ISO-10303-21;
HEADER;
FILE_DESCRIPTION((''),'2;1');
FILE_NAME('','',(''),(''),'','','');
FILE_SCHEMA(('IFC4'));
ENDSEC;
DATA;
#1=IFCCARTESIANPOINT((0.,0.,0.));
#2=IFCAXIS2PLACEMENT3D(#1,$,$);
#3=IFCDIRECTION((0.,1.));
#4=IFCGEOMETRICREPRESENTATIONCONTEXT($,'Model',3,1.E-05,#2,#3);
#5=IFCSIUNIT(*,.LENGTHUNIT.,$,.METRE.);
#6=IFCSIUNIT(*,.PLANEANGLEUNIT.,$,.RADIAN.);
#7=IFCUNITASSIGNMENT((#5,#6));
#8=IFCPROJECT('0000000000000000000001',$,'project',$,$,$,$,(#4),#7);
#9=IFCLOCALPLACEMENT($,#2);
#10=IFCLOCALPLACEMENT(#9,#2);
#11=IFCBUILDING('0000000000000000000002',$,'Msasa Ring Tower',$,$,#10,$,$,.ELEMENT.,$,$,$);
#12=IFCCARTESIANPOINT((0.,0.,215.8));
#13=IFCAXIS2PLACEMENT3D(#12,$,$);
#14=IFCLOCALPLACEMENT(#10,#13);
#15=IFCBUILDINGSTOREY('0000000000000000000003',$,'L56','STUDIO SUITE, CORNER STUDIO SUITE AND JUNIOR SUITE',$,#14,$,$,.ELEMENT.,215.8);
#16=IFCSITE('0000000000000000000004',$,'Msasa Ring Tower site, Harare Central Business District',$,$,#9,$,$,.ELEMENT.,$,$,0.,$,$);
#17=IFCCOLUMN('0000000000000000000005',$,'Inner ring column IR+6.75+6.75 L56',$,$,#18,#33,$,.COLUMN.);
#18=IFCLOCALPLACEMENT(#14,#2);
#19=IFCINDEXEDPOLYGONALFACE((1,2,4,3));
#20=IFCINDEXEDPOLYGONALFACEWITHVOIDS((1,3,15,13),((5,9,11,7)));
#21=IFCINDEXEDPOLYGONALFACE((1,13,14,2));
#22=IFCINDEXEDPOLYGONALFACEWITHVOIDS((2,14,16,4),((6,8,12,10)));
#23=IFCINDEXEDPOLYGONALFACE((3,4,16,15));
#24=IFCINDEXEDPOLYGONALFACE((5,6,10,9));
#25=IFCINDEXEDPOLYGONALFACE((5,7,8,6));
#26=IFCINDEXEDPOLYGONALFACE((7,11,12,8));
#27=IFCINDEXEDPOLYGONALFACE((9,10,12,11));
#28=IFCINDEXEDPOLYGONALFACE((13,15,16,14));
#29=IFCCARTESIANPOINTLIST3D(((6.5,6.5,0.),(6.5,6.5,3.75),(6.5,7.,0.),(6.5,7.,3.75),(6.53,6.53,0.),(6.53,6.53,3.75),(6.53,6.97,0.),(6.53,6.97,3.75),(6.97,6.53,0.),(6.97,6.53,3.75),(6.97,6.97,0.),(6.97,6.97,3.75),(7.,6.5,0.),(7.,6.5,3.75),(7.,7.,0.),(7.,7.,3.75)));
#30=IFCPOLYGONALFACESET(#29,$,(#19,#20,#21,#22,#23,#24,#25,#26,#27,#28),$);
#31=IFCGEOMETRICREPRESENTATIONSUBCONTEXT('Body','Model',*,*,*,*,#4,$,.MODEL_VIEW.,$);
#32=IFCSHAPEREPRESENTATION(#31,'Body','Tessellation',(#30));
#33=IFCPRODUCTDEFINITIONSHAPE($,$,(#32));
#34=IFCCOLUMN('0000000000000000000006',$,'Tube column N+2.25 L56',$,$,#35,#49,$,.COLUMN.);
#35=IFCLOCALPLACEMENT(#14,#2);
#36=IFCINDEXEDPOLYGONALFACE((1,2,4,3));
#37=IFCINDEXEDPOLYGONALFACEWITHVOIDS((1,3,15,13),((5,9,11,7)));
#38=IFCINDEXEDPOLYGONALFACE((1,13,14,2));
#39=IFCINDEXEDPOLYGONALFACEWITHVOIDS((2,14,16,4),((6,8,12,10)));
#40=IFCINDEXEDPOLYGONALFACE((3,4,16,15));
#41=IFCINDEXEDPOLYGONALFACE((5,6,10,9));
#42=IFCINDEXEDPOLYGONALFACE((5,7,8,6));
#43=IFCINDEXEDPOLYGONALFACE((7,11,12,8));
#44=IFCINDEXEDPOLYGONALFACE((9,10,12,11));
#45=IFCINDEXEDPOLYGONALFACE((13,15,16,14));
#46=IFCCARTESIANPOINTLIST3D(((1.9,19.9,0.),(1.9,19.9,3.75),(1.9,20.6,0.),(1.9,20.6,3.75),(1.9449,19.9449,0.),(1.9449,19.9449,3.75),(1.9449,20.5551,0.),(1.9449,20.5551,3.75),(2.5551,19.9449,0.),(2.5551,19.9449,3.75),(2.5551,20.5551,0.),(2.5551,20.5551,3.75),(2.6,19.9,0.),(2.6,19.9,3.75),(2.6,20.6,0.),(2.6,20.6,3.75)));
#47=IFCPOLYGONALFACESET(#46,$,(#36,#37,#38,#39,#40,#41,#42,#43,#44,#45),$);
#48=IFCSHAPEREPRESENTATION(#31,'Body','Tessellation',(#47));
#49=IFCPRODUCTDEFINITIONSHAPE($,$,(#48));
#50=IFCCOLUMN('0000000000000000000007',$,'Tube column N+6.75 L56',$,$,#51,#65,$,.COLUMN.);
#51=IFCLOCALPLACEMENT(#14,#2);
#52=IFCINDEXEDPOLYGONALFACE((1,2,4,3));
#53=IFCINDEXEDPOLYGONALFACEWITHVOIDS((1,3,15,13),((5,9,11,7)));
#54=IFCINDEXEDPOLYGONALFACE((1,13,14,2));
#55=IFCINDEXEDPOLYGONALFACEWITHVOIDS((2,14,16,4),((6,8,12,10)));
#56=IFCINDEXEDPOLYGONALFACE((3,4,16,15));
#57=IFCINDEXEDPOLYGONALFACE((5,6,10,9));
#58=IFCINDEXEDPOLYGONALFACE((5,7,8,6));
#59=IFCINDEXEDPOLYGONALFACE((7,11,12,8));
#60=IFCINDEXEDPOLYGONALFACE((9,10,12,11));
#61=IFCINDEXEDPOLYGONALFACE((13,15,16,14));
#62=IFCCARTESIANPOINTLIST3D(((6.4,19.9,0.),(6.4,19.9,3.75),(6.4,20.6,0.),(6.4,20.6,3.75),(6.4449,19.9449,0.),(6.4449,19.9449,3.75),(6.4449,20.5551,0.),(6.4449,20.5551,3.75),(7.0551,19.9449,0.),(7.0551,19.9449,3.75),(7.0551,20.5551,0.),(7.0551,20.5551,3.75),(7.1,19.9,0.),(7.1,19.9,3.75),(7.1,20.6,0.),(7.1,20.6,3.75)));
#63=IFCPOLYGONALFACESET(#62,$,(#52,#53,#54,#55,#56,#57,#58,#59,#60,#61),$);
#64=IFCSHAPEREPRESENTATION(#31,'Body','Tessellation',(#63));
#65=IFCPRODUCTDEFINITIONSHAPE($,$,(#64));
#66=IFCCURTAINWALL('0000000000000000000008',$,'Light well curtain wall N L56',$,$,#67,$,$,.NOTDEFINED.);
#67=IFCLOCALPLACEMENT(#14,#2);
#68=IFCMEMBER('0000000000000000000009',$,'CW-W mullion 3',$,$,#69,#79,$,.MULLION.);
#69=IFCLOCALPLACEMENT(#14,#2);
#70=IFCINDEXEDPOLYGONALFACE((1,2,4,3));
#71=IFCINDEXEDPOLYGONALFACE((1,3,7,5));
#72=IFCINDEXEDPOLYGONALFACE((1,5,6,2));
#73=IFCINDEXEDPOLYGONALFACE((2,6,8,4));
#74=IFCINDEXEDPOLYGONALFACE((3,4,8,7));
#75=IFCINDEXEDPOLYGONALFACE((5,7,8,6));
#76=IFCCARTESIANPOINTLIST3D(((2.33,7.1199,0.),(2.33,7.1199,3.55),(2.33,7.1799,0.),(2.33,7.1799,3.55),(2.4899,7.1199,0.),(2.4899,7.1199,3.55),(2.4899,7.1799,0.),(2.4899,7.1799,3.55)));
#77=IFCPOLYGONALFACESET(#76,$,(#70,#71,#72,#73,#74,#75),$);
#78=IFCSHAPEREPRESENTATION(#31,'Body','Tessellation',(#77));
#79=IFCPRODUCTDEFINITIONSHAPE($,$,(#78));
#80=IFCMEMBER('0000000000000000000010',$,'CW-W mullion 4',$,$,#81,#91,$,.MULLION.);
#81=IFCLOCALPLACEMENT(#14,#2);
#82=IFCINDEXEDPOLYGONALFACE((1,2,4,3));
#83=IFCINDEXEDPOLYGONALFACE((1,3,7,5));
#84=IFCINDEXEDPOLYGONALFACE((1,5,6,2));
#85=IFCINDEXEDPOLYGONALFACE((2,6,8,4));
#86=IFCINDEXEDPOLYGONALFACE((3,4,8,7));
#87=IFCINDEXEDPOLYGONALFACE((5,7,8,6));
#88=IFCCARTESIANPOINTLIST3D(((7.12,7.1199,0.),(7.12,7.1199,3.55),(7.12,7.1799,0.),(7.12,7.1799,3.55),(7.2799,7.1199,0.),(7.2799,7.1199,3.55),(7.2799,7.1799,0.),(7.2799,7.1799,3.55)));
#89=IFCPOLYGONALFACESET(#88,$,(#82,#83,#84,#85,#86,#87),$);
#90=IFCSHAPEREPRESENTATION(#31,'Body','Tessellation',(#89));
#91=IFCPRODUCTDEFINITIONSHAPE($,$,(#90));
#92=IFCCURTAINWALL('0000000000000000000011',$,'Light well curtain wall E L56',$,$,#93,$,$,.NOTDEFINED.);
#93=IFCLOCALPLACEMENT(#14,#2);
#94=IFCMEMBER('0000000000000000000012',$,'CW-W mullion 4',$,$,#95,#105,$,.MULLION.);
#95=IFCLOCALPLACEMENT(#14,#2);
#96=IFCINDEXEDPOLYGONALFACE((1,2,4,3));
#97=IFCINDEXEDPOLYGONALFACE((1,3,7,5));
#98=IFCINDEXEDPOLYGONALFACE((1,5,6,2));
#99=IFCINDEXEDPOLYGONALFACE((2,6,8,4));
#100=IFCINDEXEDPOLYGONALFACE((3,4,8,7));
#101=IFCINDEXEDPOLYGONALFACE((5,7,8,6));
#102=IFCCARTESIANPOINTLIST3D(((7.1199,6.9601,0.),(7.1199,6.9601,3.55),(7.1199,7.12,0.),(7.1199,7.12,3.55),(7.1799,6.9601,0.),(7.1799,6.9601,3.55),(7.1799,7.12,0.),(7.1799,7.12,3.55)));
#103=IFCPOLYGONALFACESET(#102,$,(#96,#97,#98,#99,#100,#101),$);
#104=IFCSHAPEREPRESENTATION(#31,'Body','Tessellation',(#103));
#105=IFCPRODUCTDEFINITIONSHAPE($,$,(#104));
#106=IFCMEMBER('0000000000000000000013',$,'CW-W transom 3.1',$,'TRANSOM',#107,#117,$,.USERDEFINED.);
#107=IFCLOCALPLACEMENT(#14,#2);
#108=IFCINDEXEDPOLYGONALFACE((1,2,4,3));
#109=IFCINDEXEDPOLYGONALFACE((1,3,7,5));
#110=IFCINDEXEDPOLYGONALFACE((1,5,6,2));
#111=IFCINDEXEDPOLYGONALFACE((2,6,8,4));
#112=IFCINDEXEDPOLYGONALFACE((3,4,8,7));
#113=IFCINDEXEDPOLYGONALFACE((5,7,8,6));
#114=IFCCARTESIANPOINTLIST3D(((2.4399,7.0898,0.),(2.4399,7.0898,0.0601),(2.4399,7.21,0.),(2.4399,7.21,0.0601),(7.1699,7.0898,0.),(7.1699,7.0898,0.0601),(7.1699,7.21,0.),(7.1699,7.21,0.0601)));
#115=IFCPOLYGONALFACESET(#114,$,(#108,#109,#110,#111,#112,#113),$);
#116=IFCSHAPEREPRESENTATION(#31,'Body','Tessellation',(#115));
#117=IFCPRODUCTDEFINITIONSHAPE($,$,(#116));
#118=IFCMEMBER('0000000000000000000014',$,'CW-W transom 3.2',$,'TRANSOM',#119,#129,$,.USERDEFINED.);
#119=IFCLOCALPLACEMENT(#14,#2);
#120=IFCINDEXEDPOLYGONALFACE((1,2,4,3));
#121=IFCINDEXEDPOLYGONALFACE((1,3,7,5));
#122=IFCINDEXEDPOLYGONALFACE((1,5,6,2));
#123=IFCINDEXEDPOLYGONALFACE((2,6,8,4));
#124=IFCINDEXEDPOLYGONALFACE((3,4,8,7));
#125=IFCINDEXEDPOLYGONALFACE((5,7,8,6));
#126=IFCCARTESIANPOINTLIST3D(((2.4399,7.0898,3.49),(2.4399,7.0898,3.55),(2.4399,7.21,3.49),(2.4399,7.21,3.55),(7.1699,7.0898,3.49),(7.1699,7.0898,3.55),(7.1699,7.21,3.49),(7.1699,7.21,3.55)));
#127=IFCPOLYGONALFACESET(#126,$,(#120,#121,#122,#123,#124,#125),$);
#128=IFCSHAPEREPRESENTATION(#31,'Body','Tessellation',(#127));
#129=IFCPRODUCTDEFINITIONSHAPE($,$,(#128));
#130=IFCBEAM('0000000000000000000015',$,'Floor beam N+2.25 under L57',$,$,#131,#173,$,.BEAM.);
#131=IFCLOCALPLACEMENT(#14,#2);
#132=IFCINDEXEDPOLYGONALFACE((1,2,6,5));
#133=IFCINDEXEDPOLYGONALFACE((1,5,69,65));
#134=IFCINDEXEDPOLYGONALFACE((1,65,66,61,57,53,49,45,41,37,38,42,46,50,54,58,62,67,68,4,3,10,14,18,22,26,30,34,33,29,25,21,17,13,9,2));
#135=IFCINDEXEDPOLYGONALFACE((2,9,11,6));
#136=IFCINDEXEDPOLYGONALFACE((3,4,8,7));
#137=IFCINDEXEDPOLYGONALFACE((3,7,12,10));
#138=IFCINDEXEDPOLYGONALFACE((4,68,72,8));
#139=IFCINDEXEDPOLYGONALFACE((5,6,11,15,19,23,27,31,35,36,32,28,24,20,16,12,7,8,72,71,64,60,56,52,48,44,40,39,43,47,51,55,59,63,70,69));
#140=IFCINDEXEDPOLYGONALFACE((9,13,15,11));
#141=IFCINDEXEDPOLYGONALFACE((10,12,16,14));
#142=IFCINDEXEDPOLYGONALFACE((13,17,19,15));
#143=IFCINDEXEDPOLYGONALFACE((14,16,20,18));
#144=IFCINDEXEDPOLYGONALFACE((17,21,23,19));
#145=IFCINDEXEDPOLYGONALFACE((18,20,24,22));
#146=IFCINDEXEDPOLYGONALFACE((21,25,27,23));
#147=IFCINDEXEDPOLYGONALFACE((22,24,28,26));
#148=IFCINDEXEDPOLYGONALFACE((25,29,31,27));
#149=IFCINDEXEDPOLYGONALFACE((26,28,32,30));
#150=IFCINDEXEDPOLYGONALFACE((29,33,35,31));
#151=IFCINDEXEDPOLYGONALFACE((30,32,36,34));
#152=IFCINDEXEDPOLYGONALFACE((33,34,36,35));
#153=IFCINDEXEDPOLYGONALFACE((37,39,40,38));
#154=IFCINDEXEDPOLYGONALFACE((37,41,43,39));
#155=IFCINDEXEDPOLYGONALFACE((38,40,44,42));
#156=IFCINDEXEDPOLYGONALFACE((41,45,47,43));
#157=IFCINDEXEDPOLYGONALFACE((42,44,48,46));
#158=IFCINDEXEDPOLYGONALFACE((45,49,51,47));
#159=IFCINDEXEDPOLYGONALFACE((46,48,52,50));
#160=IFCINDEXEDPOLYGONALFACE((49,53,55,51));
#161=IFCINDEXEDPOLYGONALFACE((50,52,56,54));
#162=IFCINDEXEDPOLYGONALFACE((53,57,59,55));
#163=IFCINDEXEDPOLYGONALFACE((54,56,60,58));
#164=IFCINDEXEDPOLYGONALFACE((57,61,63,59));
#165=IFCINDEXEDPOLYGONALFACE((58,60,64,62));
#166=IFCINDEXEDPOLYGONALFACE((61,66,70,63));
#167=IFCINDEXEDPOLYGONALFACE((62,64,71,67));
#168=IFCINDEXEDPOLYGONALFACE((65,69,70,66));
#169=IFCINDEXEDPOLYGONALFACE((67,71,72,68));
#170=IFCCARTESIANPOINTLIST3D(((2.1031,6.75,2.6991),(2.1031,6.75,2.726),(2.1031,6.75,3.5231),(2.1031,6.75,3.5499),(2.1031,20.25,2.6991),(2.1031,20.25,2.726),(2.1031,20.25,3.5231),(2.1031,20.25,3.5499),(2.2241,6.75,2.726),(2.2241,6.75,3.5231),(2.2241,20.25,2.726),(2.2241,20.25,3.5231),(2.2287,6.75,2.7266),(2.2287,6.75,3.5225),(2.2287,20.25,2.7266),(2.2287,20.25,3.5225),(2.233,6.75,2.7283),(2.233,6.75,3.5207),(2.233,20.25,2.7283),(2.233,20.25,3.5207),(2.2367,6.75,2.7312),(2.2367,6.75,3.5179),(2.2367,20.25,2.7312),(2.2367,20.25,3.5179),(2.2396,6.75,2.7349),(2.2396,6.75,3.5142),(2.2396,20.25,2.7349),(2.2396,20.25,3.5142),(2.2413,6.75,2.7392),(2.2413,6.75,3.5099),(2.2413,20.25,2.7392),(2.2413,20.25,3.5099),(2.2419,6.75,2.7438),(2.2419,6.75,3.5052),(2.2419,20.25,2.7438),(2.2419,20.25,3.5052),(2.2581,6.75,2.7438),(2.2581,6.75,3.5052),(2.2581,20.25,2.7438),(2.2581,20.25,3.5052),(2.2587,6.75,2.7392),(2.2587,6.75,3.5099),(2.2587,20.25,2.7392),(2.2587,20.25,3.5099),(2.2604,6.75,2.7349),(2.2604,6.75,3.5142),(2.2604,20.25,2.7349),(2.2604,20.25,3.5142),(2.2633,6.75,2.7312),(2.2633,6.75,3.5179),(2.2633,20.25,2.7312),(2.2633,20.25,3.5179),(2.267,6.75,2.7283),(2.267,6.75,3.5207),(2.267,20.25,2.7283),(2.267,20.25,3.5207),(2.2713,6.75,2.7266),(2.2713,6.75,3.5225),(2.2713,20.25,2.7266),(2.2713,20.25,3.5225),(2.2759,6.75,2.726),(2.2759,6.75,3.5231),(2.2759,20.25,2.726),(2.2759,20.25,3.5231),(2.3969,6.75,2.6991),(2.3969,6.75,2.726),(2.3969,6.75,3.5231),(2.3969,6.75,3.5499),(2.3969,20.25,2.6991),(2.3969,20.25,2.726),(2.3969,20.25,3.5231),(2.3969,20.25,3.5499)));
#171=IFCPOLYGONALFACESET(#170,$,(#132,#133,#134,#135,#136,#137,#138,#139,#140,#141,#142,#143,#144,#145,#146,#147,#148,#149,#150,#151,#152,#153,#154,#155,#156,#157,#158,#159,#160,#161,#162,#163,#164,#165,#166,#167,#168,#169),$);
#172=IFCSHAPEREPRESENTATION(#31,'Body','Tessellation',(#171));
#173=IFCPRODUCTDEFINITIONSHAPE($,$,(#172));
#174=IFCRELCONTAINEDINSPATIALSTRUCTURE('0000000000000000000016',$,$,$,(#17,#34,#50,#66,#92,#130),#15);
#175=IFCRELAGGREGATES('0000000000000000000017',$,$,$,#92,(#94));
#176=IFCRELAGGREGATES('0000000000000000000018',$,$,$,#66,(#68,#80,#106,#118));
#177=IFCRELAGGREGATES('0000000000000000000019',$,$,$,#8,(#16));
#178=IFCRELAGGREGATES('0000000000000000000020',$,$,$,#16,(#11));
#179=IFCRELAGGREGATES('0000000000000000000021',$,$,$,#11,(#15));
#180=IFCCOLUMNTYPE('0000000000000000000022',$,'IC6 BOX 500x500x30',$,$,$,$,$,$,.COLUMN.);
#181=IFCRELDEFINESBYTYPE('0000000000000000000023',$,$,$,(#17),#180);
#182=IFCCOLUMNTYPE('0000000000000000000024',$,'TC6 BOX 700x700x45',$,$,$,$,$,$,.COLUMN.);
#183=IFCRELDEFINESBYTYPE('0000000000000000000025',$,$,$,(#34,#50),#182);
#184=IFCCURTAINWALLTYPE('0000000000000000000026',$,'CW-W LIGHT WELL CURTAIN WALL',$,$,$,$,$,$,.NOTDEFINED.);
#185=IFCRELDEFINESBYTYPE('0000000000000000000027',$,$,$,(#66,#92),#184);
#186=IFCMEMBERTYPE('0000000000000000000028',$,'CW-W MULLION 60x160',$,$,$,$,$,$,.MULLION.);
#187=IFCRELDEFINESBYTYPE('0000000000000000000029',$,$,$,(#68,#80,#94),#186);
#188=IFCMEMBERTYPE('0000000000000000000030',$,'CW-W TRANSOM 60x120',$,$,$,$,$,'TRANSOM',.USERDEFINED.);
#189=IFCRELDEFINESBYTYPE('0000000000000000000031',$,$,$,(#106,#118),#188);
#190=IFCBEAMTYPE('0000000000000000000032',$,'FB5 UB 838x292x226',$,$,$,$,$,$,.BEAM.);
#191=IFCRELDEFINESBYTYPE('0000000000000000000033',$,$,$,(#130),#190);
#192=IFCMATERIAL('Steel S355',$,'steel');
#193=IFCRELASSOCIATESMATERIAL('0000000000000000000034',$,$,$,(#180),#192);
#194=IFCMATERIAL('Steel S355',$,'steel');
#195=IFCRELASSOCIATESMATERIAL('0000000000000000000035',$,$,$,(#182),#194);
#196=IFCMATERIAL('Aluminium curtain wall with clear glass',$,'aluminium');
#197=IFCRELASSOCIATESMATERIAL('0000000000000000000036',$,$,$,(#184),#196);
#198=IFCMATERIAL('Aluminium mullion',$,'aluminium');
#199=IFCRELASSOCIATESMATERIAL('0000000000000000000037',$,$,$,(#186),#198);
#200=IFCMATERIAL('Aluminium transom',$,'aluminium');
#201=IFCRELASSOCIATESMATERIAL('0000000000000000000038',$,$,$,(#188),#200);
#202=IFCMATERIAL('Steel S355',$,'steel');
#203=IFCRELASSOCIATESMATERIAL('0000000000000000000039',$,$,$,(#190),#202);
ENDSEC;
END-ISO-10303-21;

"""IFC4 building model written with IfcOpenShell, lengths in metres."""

from ifc_helpers import new_model, si_unit, direction, frame, origin, origin_2d, place, context, subcontext, project, spatial, rectangle, hollow_rectangle, i_section, extrude, material, material_profile, profile_set, type_object, element, aggregate, save


model = new_model("IFC4")

# Units and contexts
model_context = context("Model", 3, precision=1e-05, world=origin(), true_north=direction((0.0, 1.0)))
body_context = subcontext(model_context, "Body", "Model", "MODEL_VIEW")
ifc_project = project(units=[si_unit("LENGTHUNIT", "METRE"), si_unit("PLANEANGLEUNIT", "RADIAN")], contexts=[model_context])

# Site, building, storey
site_placement = place(None, origin())
site = spatial("IfcSite", under=ifc_project, at=site_placement, Name="Msasa Ring Tower site, Harare Central Business District", CompositionType="ELEMENT", RefElevation=0.0)
building_placement = place(site_placement, origin())
building = spatial("IfcBuilding", under=site, at=building_placement, Name="Msasa Ring Tower", CompositionType="ELEMENT")
storey_placement = place(building_placement, frame((0.0, 0.0, 215.8)))
storey = spatial("IfcBuildingStorey", under=building, at=storey_placement, Name="L56", Description="STUDIO SUITE, CORNER STUDIO SUITE AND JUNIOR SUITE", CompositionType="ELEMENT", Elevation=215.8)

# Columns
ifc_material_1 = material(Name="Steel S355", Category="steel")
ifc_material_profile_1 = material_profile(ifc_material_1, hollow_rectangle(XDim=0.5, YDim=0.5, WallThickness=0.03, at=origin_2d()), Name="BOX 500x500x30")
ifc_profile_set_1 = profile_set([ifc_material_profile_1], Name="Steel S355")
column_type_1 = type_object("IfcColumnType", Name="IC6 BOX 500x500x30", PredefinedType="COLUMN", material=ifc_profile_set_1)
column_placement = place(storey_placement, frame((6.75, 6.75, 0.0), z_axis=(0.0, 0.0, 1.0), x_axis=(1.0, 0.0, 0.0)))
element("IfcColumn", 1, at=column_placement, inside=storey, type_object=column_type_1, Name="Inner ring column IR+6.75+6.75 L56", PredefinedType="COLUMN", context=body_context, shape_type="SweptSolid", body=[
    extrude(hollow_rectangle(XDim=0.5, YDim=0.5, WallThickness=0.03, at=origin_2d()), origin(), (0.0, 0.0, 1.0), 3.75),
])
ifc_material_2 = material(Name="Steel S355", Category="steel")
ifc_material_profile_2 = material_profile(ifc_material_2, hollow_rectangle(XDim=0.7, YDim=0.7, WallThickness=0.0449, at=origin_2d()), Name="BOX 700x700x45")
ifc_profile_set_2 = profile_set([ifc_material_profile_2], Name="Steel S355")
column_type_2 = type_object("IfcColumnType", Name="TC6 BOX 700x700x45", PredefinedType="COLUMN", material=ifc_profile_set_2)
for number, where, z_axis, x_axis, name in (
    (2, (2.25, 20.25, 0.0), (0.0, 0.0, 1.0), (0.0, 1.0, 0.0), "Tube column N+2.25 L56"),
    (3, (6.75, 20.25, 0.0), (0.0, 0.0, 1.0), (0.0, 1.0, 0.0), "Tube column N+6.75 L56"),
):
    element("IfcColumn", number, at=place(storey_placement, frame(where, z_axis=z_axis, x_axis=x_axis)), inside=storey, type_object=column_type_2, Name=name, PredefinedType="COLUMN", context=body_context, shape_type="SweptSolid", body=[
        extrude(hollow_rectangle(XDim=0.7, YDim=0.7, WallThickness=0.0449, at=origin_2d()), origin(), (0.0, 0.0, 1.0), 3.75),
    ])

# Curtain wall, members
ifc_material_3 = material(Name="Aluminium curtain wall with clear glass", Category="aluminium")
curtain_wall_type = type_object("IfcCurtainWallType", Name="CW-W LIGHT WELL CURTAIN WALL", PredefinedType="NOTDEFINED", material=ifc_material_3)
curtain_wall_1_placement = place(storey_placement, origin())
curtain_wall_1 = element("IfcCurtainWall", 4, at=curtain_wall_1_placement, inside=storey, type_object=curtain_wall_type, Name="Light well curtain wall N L56", PredefinedType="NOTDEFINED")
ifc_material_4 = material(Name="Aluminium mullion", Category="aluminium")
ifc_material_profile_3 = material_profile(ifc_material_4, rectangle(XDim=0.0601, YDim=0.1599, at=origin_2d()), Name="AL 60x160")
ifc_profile_set_3 = profile_set([ifc_material_profile_3], Name="Aluminium mullion")
member_type_1 = type_object("IfcMemberType", Name="CW-W MULLION 60x160", PredefinedType="MULLION", material=ifc_profile_set_3)
member_1_placement = place(storey_placement, frame((2.4099, 7.1499, 0.0), z_axis=(0.0, 0.0, 1.0), x_axis=(0.0, 1.0, 0.0)))
member_1 = element("IfcMember", 5, at=member_1_placement, type_object=member_type_1, Name="CW-W mullion 3", PredefinedType="MULLION", context=body_context, shape_type="SweptSolid", body=[
    extrude(rectangle(XDim=0.0601, YDim=0.1599, at=origin_2d()), origin(), (0.0, 0.0, 1.0), 3.55),
])
member_2_placement = place(storey_placement, frame((7.2, 7.1499, 0.0), z_axis=(0.0, 0.0, 1.0), x_axis=(0.0, 1.0, 0.0)))
member_2 = element("IfcMember", 6, at=member_2_placement, type_object=member_type_1, Name="CW-W mullion 4", PredefinedType="MULLION", context=body_context, shape_type="SweptSolid", body=[
    extrude(rectangle(XDim=0.0601, YDim=0.1599, at=origin_2d()), origin(), (0.0, 0.0, 1.0), 3.55),
])

# Curtain wall, member
curtain_wall_2_placement = place(storey_placement, origin())
curtain_wall_2 = element("IfcCurtainWall", 7, at=curtain_wall_2_placement, inside=storey, type_object=curtain_wall_type, Name="Light well curtain wall E L56", PredefinedType="NOTDEFINED")
member_3_placement = place(storey_placement, frame((7.1499, 7.04, 0.0), z_axis=(0.0, 0.0, 1.0), x_axis=(-1.0, 0.0, 0.0)))
member_3 = element("IfcMember", 8, at=member_3_placement, type_object=member_type_1, Name="CW-W mullion 4", PredefinedType="MULLION", context=body_context, shape_type="SweptSolid", body=[
    extrude(rectangle(XDim=0.0601, YDim=0.1599, at=origin_2d()), origin(), (0.0, 0.0, 1.0), 3.55),
])
aggregate(curtain_wall_2, [member_3])

# Members
ifc_material_5 = material(Name="Aluminium transom", Category="aluminium")
ifc_material_profile_4 = material_profile(ifc_material_5, rectangle(XDim=0.1201, YDim=0.0601, at=origin_2d()), Name="AL 60x120")
ifc_profile_set_4 = profile_set([ifc_material_profile_4], Name="Aluminium transom")
member_type_2 = type_object("IfcMemberType", Name="CW-W TRANSOM 60x120", ElementType="TRANSOM", PredefinedType="USERDEFINED", material=ifc_profile_set_4)
member_4_placement = place(storey_placement, frame((2.4399, 7.1499, 0.03), z_axis=(1.0, 0.0, 0.0), x_axis=(0.0, 1.0, 0.0)))
member_4 = element("IfcMember", 9, at=member_4_placement, type_object=member_type_2, Name="CW-W transom 3.1", ObjectType="TRANSOM", PredefinedType="USERDEFINED", context=body_context, shape_type="SweptSolid", body=[
    extrude(rectangle(XDim=0.1201, YDim=0.0601, at=origin_2d()), origin(), (0.0, 0.0, 1.0), 4.73),
])
member_5_placement = place(storey_placement, frame((2.4399, 7.1499, 3.52), z_axis=(1.0, 0.0, 0.0), x_axis=(0.0, 1.0, 0.0)))
member_5 = element("IfcMember", 10, at=member_5_placement, type_object=member_type_2, Name="CW-W transom 3.2", ObjectType="TRANSOM", PredefinedType="USERDEFINED", context=body_context, shape_type="SweptSolid", body=[
    extrude(rectangle(XDim=0.1201, YDim=0.0601, at=origin_2d()), origin(), (0.0, 0.0, 1.0), 4.73),
])

# Beam
ifc_material_6 = material(Name="Steel S355", Category="steel")
ifc_material_profile_5 = material_profile(ifc_material_6, i_section(OverallWidth=0.2937, OverallDepth=0.8508, WebThickness=0.0161, FlangeThickness=0.0269, FilletRadius=0.0178, at=origin_2d()), Name="UB 838x292x226")
ifc_profile_set_5 = profile_set([ifc_material_profile_5], Name="Steel S355")
beam_type_1 = type_object("IfcBeamType", Name="FB5 UB 838x292x226", PredefinedType="BEAM", material=ifc_profile_set_5)
for number, where, z_axis, x_axis, name in (
    (11, (2.25, 20.25, 3.1245), (0.0, -1.0, 0.0), (1.0, 0.0, 0.0), "Floor beam N+2.25 under L57"),
):
    element("IfcBeam", number, at=place(storey_placement, frame(where, z_axis=z_axis, x_axis=x_axis)), inside=storey, type_object=beam_type_1, Name=name, PredefinedType="BEAM", context=body_context, shape_type="SweptSolid", body=[
        extrude(i_section(OverallWidth=0.2937, OverallDepth=0.8508, WebThickness=0.0161, FlangeThickness=0.0269, FilletRadius=0.0178, at=origin_2d()), origin(), (0.0, 0.0, 1.0), 13.5),
    ])

aggregate(curtain_wall_1, [member_1, member_2, member_4, member_5])

save(model, "model.ifc")
